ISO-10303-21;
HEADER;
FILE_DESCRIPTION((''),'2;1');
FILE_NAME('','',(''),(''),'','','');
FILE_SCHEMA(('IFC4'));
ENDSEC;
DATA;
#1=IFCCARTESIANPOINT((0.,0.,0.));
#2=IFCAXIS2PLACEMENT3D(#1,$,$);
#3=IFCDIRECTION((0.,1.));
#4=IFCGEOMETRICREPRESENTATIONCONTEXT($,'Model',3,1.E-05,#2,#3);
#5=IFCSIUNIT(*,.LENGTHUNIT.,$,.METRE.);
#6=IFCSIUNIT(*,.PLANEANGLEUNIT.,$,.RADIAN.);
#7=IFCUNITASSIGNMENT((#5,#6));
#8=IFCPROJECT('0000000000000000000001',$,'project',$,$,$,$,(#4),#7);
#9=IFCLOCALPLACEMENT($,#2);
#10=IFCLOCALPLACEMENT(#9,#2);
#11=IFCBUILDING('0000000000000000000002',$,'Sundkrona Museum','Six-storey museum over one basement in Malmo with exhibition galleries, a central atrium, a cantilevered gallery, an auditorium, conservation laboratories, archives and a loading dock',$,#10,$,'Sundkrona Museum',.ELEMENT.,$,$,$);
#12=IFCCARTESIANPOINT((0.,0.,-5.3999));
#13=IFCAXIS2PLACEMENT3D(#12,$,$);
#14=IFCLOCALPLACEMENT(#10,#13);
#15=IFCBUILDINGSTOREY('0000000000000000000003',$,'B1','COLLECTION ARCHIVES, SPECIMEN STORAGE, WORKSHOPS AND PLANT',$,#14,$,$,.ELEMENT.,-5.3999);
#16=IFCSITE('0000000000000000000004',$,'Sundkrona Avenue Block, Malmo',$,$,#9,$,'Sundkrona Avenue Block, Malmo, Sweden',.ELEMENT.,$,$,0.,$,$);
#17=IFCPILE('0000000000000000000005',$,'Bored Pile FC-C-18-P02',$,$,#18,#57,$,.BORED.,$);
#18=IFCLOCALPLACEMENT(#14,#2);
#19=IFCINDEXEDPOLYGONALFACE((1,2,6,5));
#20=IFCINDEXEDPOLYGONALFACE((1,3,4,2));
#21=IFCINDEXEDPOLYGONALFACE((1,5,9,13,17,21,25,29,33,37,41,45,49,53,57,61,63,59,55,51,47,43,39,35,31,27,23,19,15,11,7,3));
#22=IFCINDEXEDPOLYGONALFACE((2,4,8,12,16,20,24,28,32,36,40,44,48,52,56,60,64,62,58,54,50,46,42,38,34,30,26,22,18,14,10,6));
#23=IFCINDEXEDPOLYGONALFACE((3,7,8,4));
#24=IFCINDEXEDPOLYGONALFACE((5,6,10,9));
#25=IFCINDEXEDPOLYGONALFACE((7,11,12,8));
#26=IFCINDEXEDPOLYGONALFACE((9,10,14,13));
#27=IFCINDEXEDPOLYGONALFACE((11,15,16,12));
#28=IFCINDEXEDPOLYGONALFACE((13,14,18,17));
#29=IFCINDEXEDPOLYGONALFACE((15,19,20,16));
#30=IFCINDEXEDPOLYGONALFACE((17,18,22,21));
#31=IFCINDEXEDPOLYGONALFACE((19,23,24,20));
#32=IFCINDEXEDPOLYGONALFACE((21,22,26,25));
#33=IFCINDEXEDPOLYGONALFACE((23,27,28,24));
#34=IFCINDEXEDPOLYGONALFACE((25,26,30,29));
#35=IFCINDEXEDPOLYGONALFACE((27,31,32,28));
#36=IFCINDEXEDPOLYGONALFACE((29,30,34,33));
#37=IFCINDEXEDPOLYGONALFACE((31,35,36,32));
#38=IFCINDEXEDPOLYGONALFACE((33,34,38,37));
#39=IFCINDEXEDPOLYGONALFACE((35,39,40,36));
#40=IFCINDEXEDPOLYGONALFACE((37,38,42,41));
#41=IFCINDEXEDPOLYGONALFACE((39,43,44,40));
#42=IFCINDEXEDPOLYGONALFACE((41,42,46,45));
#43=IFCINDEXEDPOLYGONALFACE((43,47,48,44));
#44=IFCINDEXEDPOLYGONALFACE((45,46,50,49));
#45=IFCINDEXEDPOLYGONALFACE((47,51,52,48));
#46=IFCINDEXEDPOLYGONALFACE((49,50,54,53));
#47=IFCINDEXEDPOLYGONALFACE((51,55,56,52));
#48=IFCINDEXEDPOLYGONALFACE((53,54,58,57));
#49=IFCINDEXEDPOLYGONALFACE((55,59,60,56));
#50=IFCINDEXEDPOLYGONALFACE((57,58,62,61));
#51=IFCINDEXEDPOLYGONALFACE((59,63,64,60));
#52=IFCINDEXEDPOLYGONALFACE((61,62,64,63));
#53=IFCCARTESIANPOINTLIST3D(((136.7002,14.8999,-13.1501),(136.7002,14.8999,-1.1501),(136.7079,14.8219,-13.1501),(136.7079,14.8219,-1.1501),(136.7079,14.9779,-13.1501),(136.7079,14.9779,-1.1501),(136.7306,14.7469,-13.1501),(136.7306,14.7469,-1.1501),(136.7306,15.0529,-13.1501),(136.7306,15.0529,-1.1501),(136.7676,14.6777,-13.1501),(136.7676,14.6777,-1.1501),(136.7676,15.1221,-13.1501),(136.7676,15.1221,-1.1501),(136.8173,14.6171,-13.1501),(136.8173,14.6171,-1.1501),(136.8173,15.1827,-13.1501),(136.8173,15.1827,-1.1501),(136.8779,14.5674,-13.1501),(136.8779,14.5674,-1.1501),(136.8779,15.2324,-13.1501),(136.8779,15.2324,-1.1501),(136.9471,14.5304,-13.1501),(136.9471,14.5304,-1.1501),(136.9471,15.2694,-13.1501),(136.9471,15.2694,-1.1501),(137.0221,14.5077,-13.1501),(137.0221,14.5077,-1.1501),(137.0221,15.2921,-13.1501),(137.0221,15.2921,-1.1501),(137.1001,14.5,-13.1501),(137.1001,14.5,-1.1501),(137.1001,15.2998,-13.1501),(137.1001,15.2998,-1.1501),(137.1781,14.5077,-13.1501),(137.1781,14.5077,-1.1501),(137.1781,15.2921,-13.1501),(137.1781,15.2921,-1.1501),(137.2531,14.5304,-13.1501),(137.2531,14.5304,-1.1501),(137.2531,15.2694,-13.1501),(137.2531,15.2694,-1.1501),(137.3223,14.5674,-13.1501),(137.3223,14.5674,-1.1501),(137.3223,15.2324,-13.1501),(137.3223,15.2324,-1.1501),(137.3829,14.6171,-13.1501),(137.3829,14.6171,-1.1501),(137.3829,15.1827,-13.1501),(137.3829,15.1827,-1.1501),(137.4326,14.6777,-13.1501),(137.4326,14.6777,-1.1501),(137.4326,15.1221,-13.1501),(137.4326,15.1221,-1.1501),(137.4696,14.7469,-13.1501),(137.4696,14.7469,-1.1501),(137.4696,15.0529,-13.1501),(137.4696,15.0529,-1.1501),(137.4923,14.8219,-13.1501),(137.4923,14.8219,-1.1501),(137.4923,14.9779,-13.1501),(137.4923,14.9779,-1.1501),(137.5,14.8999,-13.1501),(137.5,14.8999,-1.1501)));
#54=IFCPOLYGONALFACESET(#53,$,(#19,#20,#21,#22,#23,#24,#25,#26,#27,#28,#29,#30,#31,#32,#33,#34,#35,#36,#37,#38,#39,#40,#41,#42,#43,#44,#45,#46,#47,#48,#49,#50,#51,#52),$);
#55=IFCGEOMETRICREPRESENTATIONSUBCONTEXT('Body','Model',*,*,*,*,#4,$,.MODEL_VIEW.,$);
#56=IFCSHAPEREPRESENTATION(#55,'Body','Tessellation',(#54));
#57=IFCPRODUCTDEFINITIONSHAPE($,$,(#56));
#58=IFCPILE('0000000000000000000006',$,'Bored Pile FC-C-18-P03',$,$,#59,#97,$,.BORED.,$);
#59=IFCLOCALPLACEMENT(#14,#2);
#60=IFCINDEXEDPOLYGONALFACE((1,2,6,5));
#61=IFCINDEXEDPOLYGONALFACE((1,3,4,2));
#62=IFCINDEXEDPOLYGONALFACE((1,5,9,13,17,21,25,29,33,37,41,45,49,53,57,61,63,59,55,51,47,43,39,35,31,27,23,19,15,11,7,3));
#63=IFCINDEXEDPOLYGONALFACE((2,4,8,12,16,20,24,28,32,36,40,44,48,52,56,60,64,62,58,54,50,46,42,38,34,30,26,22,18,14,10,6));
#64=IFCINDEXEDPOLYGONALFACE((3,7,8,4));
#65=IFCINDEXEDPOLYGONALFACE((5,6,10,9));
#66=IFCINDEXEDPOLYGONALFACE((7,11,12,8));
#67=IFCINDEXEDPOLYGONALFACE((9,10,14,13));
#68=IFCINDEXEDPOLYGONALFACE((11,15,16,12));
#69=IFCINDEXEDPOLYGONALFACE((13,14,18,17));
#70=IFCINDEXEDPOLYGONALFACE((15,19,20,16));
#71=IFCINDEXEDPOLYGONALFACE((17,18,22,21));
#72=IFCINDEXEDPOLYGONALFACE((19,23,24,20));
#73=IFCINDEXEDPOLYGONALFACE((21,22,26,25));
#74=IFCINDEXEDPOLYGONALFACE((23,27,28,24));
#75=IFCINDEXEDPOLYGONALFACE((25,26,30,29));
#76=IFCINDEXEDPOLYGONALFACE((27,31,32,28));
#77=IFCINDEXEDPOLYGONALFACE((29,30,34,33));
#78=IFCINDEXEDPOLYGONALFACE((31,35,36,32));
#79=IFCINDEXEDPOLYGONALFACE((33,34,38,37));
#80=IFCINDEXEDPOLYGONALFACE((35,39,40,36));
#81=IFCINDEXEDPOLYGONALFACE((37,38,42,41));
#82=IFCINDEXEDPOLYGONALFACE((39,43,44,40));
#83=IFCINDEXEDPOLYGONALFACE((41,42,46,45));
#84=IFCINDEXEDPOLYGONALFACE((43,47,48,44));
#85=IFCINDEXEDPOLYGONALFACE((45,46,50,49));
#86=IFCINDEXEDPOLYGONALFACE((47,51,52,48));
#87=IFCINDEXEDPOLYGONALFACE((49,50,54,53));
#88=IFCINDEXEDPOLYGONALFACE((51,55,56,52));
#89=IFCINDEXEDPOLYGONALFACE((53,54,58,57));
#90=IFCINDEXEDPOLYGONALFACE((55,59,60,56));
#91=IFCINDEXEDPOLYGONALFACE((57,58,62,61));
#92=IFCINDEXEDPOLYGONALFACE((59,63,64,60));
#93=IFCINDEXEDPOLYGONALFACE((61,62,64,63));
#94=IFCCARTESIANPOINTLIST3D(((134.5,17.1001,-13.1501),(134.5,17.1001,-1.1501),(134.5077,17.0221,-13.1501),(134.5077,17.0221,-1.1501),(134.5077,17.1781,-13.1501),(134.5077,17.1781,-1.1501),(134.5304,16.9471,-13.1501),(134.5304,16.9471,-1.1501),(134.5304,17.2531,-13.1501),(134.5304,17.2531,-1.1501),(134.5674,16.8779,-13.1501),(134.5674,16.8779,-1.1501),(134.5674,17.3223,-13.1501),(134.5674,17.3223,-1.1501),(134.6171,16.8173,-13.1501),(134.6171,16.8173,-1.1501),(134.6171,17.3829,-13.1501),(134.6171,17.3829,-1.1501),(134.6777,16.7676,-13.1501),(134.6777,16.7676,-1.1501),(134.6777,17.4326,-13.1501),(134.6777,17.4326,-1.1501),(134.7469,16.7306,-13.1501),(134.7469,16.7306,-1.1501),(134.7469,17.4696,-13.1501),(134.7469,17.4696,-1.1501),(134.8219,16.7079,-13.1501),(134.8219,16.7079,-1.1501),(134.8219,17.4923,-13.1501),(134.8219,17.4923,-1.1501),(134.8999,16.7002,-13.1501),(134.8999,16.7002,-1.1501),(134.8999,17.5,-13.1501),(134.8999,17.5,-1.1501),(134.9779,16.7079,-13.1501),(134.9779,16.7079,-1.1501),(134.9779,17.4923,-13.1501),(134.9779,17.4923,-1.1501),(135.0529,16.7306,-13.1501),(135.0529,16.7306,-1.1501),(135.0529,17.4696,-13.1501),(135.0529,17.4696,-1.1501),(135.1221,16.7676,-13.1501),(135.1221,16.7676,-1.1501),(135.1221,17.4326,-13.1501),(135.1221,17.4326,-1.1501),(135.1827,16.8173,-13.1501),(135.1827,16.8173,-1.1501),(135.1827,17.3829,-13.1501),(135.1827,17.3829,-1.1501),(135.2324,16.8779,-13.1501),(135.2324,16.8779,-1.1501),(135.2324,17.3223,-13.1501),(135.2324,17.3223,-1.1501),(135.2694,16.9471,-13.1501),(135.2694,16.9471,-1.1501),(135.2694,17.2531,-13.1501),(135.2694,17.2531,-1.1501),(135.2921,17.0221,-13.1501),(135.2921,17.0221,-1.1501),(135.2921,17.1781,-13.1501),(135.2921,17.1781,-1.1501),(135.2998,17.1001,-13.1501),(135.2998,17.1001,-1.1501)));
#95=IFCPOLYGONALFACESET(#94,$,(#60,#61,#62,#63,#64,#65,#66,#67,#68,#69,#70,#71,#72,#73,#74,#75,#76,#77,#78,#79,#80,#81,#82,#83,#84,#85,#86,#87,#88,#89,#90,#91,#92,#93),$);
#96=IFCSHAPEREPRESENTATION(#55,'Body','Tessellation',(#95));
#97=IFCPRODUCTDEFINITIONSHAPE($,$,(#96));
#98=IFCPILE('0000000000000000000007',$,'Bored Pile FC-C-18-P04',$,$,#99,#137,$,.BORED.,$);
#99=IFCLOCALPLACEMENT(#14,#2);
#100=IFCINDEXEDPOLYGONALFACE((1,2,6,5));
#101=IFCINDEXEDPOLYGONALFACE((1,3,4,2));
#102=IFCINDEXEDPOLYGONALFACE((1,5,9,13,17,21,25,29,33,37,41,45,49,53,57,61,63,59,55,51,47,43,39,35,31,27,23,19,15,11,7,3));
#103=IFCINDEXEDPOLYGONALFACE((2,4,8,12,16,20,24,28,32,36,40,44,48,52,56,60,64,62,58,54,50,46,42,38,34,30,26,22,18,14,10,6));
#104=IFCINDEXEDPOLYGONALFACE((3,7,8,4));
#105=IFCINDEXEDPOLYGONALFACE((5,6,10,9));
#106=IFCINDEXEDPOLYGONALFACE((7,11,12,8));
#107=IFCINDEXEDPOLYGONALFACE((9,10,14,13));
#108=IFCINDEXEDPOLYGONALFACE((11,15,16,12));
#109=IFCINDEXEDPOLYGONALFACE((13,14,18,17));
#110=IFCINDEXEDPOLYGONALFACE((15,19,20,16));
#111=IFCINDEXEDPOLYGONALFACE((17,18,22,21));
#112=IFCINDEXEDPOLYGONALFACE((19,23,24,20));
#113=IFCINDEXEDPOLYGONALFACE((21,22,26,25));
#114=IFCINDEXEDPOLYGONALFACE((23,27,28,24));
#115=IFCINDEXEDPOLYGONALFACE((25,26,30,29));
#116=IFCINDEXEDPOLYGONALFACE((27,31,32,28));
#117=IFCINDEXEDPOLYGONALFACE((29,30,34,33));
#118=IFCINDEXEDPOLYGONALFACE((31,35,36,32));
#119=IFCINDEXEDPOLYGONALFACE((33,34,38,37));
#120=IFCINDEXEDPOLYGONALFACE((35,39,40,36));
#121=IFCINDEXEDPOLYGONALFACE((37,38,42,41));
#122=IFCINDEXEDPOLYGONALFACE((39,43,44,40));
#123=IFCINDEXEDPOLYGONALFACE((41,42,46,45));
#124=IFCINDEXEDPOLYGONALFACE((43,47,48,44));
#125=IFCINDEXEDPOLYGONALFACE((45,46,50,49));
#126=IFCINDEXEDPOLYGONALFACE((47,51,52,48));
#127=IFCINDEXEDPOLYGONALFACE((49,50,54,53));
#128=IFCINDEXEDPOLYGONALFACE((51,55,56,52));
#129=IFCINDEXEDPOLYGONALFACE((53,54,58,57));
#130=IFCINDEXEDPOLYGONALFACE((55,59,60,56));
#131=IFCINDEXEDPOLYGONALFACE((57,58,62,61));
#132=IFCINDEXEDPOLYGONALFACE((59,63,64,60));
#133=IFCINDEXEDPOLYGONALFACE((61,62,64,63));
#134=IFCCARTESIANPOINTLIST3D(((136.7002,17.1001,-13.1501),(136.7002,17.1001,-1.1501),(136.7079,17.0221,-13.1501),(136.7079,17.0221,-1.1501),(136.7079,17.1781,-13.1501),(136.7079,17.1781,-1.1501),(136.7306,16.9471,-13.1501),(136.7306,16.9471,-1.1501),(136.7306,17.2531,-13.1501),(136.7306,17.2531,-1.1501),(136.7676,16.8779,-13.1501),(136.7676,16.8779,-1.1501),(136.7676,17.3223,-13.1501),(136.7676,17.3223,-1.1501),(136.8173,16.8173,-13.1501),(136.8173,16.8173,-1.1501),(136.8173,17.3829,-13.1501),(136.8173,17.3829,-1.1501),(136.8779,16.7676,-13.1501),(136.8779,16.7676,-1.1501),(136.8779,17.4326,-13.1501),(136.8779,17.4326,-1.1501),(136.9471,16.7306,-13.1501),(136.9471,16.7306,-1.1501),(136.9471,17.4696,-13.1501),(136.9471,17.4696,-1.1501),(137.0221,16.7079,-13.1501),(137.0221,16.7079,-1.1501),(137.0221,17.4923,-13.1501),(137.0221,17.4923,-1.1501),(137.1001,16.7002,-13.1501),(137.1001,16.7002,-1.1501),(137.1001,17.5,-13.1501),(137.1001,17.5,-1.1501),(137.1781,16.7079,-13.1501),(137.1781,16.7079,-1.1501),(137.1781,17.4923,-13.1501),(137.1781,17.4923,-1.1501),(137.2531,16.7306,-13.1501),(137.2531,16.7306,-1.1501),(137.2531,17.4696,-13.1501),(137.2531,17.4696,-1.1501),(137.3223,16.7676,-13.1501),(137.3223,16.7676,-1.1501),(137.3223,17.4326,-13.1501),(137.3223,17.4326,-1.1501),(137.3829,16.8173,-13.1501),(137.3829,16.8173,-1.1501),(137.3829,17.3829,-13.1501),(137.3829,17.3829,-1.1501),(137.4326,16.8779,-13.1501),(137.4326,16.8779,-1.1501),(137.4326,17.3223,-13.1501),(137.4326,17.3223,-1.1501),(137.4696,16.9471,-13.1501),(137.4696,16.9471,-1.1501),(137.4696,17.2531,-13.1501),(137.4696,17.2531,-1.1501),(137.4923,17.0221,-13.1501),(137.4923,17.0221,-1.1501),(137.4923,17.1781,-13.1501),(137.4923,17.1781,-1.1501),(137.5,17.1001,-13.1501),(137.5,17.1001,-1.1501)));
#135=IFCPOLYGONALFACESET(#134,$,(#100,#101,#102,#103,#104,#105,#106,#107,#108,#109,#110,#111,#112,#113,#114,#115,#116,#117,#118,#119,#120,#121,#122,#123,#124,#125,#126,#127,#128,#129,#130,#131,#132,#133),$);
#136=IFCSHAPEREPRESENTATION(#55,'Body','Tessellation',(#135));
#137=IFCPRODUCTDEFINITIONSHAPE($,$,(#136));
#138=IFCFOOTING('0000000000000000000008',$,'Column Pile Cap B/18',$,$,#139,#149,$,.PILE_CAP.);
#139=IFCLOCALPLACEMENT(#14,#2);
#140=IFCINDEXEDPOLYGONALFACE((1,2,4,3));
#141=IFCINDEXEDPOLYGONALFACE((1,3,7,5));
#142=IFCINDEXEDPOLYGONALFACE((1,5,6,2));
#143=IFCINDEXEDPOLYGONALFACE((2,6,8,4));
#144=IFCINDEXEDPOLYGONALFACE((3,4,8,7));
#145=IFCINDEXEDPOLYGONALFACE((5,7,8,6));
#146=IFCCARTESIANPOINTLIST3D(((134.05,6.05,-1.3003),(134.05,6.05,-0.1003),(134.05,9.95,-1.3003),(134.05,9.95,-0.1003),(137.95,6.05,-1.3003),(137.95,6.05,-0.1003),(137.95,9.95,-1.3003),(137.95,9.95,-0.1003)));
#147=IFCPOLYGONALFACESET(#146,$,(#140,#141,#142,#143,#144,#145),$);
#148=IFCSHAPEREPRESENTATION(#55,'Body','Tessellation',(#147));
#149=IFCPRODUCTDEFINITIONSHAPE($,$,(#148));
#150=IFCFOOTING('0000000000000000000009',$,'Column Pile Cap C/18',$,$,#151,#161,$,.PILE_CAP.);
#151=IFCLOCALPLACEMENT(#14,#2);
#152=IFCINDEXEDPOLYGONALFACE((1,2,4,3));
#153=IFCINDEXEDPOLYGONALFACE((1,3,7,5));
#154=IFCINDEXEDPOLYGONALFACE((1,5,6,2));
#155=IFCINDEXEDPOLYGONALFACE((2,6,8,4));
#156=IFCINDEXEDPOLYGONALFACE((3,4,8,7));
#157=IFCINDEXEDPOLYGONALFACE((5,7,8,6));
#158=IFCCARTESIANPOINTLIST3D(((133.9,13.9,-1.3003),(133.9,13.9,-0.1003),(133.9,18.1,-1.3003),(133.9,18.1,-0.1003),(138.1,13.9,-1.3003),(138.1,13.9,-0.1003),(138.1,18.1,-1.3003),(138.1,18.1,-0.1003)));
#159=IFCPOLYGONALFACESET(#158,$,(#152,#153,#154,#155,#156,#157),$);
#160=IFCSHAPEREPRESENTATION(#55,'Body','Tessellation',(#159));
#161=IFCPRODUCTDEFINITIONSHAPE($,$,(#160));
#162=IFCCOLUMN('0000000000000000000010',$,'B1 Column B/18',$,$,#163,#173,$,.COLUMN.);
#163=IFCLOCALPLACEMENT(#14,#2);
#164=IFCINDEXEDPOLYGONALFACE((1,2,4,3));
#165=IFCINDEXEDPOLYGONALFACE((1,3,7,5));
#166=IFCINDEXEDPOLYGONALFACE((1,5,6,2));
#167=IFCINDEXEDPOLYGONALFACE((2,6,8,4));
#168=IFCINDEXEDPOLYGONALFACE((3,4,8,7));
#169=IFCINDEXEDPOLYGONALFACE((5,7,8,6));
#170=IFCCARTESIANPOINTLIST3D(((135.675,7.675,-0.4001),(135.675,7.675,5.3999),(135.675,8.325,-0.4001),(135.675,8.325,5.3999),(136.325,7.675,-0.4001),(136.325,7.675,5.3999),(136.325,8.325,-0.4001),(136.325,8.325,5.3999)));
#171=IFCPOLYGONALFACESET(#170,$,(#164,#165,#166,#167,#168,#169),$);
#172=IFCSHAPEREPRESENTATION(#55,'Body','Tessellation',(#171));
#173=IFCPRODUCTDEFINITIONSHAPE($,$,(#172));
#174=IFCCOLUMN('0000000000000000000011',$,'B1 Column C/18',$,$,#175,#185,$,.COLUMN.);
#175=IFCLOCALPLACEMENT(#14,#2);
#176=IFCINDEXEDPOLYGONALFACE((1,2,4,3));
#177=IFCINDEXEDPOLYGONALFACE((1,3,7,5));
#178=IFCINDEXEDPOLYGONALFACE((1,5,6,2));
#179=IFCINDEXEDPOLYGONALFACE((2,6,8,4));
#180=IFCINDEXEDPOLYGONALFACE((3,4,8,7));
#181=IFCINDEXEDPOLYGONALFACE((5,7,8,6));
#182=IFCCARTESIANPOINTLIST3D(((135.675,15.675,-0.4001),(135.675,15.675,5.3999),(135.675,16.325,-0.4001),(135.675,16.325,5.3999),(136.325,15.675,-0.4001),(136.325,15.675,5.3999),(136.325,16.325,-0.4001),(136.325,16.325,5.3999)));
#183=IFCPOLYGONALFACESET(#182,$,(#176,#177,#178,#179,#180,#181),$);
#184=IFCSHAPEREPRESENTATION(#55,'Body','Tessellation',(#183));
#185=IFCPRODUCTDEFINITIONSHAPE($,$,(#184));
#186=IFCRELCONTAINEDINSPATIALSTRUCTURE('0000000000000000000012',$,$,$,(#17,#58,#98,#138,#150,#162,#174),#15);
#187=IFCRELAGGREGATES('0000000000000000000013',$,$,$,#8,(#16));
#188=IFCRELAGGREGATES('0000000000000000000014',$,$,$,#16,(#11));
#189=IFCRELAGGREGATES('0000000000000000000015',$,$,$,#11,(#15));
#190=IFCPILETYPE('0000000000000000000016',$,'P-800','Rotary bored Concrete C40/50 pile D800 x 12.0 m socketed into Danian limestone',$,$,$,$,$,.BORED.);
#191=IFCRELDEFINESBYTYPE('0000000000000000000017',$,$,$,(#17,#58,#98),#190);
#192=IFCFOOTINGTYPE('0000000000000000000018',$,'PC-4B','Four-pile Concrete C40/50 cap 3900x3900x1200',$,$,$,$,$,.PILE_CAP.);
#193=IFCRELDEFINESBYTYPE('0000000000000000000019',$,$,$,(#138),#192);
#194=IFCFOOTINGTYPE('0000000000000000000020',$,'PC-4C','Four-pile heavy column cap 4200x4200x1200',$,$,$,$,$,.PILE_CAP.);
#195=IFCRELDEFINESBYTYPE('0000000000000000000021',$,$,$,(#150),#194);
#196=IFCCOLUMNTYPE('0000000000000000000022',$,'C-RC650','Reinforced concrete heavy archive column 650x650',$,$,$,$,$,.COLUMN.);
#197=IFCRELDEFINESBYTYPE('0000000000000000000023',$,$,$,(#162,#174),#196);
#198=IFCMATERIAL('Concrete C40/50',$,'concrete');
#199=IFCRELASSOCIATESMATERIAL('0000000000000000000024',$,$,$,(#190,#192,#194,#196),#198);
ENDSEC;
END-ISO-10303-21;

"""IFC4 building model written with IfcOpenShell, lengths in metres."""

from ifc_helpers import new_model, si_unit, direction, frame, origin, origin_2d, place, context, subcontext, project, spatial, rectangle, circle, extrude, material, material_profile, profile_set, type_object, element, save


model = new_model("IFC4")

# Units and contexts
model_context = context("Model", 3, precision=1e-05, world=origin(), true_north=direction((0.0, 1.0)))
body_context = subcontext(model_context, "Body", "Model", "MODEL_VIEW")
ifc_project = project(units=[si_unit("LENGTHUNIT", "METRE"), si_unit("PLANEANGLEUNIT", "RADIAN")], contexts=[model_context])

# Site, building, storey
site_placement = place(None, origin())
site = spatial("IfcSite", under=ifc_project, at=site_placement, Name="Sundkrona Avenue Block, Malmo", LongName="Sundkrona Avenue Block, Malmo, Sweden", CompositionType="ELEMENT", RefElevation=0.0)
building_placement = place(site_placement, origin())
building = spatial("IfcBuilding", under=site, at=building_placement, Name="Sundkrona Museum", Description="Six-storey museum over one basement in Malmo with exhibition galleries, a central atrium, a cantilevered gallery, an auditorium, conservation laboratories, archives and a loading dock", LongName="Sundkrona Museum", CompositionType="ELEMENT")
storey_placement = place(building_placement, frame((0.0, 0.0, -5.3999)))
storey = spatial("IfcBuildingStorey", under=building, at=storey_placement, Name="B1", Description="COLLECTION ARCHIVES, SPECIMEN STORAGE, WORKSHOPS AND PLANT", CompositionType="ELEMENT", Elevation=-5.3999)

# Shared definitions
ifc_material_1 = material(Name="Concrete C40/50", Category="concrete")

# Piles
ifc_material_profile_1 = material_profile(ifc_material_1, circle(Radius=0.3999, at=origin_2d()), Name="PILE D800")
ifc_profile_set_1 = profile_set([ifc_material_profile_1], Name="Concrete C40/50")
pile_type = type_object("IfcPileType", Name="P-800", Description="Rotary bored Concrete C40/50 pile D800 x 12.0 m socketed into Danian limestone", PredefinedType="BORED", material=ifc_profile_set_1)
for number, where, z_axis, x_axis, name in (
    (1, (137.1001, 14.8999, -1.1501), (0.0, 0.0, -1.0), (1.0, 0.0, 0.0), "Bored Pile FC-C-18-P02"),
    (2, (134.8999, 17.1001, -1.1501), (0.0, 0.0, -1.0), (1.0, 0.0, 0.0), "Bored Pile FC-C-18-P03"),
    (3, (137.1001, 17.1001, -1.1501), (0.0, 0.0, -1.0), (1.0, 0.0, 0.0), "Bored Pile FC-C-18-P04"),
):
    element("IfcPile", number, at=place(storey_placement, frame(where, z_axis=z_axis, x_axis=x_axis)), inside=storey, type_object=pile_type, Name=name, PredefinedType="BORED", context=body_context, shape_type="SweptSolid", body=[
        extrude(circle(Radius=0.3999, at=origin_2d()), origin(), (0.0, 0.0, 1.0), 12.0),
    ])

# Footings
footing_type_1 = type_object("IfcFootingType", Name="PC-4B", Description="Four-pile Concrete C40/50 cap 3900x3900x1200", PredefinedType="PILE_CAP", material=ifc_material_1)
footing_1_placement = place(storey_placement, frame((136.0, 8.0, -1.3003), z_axis=(0.0, 0.0, 1.0), x_axis=(1.0, 0.0, 0.0)))
element("IfcFooting", 4, at=footing_1_placement, inside=storey, type_object=footing_type_1, Name="Column Pile Cap B/18", PredefinedType="PILE_CAP", context=body_context, shape_type="SweptSolid", body=[
    extrude(rectangle(XDim=3.8999, YDim=3.8999, at=origin_2d()), origin(), (0.0, 0.0, 1.0), 1.2),
])
footing_type_2 = type_object("IfcFootingType", Name="PC-4C", Description="Four-pile heavy column cap 4200x4200x1200", PredefinedType="PILE_CAP", material=ifc_material_1)
footing_2_placement = place(storey_placement, frame((136.0, 16.0, -1.3003), z_axis=(0.0, 0.0, 1.0), x_axis=(1.0, 0.0, 0.0)))
element("IfcFooting", 5, at=footing_2_placement, inside=storey, type_object=footing_type_2, Name="Column Pile Cap C/18", PredefinedType="PILE_CAP", context=body_context, shape_type="SweptSolid", body=[
    extrude(rectangle(XDim=4.2, YDim=4.2, at=origin_2d()), origin(), (0.0, 0.0, 1.0), 1.2),
])

# Columns
ifc_material_profile_2 = material_profile(ifc_material_1, rectangle(XDim=0.6499, YDim=0.6499, at=origin_2d()), Name="RC 650x650")
ifc_profile_set_2 = profile_set([ifc_material_profile_2], Name="Concrete C40/50")
column_type = type_object("IfcColumnType", Name="C-RC650", Description="Reinforced concrete heavy archive column 650x650", PredefinedType="COLUMN", material=ifc_profile_set_2)
for number, where, z_axis, x_axis, name in (
    (6, (136.0, 8.0, -0.4001), (0.0, 0.0, 1.0), (1.0, 0.0, 0.0), "B1 Column B/18"),
    (7, (136.0, 16.0, -0.4001), (0.0, 0.0, 1.0), (1.0, 0.0, 0.0), "B1 Column C/18"),
):
    element("IfcColumn", number, at=place(storey_placement, frame(where, z_axis=z_axis, x_axis=x_axis)), inside=storey, type_object=column_type, Name=name, PredefinedType="COLUMN", context=body_context, shape_type="SweptSolid", body=[
        extrude(rectangle(XDim=0.6499, YDim=0.6499, at=origin_2d()), origin(), (0.0, 0.0, 1.0), 5.8),
    ])

save(model, "model.ifc")
